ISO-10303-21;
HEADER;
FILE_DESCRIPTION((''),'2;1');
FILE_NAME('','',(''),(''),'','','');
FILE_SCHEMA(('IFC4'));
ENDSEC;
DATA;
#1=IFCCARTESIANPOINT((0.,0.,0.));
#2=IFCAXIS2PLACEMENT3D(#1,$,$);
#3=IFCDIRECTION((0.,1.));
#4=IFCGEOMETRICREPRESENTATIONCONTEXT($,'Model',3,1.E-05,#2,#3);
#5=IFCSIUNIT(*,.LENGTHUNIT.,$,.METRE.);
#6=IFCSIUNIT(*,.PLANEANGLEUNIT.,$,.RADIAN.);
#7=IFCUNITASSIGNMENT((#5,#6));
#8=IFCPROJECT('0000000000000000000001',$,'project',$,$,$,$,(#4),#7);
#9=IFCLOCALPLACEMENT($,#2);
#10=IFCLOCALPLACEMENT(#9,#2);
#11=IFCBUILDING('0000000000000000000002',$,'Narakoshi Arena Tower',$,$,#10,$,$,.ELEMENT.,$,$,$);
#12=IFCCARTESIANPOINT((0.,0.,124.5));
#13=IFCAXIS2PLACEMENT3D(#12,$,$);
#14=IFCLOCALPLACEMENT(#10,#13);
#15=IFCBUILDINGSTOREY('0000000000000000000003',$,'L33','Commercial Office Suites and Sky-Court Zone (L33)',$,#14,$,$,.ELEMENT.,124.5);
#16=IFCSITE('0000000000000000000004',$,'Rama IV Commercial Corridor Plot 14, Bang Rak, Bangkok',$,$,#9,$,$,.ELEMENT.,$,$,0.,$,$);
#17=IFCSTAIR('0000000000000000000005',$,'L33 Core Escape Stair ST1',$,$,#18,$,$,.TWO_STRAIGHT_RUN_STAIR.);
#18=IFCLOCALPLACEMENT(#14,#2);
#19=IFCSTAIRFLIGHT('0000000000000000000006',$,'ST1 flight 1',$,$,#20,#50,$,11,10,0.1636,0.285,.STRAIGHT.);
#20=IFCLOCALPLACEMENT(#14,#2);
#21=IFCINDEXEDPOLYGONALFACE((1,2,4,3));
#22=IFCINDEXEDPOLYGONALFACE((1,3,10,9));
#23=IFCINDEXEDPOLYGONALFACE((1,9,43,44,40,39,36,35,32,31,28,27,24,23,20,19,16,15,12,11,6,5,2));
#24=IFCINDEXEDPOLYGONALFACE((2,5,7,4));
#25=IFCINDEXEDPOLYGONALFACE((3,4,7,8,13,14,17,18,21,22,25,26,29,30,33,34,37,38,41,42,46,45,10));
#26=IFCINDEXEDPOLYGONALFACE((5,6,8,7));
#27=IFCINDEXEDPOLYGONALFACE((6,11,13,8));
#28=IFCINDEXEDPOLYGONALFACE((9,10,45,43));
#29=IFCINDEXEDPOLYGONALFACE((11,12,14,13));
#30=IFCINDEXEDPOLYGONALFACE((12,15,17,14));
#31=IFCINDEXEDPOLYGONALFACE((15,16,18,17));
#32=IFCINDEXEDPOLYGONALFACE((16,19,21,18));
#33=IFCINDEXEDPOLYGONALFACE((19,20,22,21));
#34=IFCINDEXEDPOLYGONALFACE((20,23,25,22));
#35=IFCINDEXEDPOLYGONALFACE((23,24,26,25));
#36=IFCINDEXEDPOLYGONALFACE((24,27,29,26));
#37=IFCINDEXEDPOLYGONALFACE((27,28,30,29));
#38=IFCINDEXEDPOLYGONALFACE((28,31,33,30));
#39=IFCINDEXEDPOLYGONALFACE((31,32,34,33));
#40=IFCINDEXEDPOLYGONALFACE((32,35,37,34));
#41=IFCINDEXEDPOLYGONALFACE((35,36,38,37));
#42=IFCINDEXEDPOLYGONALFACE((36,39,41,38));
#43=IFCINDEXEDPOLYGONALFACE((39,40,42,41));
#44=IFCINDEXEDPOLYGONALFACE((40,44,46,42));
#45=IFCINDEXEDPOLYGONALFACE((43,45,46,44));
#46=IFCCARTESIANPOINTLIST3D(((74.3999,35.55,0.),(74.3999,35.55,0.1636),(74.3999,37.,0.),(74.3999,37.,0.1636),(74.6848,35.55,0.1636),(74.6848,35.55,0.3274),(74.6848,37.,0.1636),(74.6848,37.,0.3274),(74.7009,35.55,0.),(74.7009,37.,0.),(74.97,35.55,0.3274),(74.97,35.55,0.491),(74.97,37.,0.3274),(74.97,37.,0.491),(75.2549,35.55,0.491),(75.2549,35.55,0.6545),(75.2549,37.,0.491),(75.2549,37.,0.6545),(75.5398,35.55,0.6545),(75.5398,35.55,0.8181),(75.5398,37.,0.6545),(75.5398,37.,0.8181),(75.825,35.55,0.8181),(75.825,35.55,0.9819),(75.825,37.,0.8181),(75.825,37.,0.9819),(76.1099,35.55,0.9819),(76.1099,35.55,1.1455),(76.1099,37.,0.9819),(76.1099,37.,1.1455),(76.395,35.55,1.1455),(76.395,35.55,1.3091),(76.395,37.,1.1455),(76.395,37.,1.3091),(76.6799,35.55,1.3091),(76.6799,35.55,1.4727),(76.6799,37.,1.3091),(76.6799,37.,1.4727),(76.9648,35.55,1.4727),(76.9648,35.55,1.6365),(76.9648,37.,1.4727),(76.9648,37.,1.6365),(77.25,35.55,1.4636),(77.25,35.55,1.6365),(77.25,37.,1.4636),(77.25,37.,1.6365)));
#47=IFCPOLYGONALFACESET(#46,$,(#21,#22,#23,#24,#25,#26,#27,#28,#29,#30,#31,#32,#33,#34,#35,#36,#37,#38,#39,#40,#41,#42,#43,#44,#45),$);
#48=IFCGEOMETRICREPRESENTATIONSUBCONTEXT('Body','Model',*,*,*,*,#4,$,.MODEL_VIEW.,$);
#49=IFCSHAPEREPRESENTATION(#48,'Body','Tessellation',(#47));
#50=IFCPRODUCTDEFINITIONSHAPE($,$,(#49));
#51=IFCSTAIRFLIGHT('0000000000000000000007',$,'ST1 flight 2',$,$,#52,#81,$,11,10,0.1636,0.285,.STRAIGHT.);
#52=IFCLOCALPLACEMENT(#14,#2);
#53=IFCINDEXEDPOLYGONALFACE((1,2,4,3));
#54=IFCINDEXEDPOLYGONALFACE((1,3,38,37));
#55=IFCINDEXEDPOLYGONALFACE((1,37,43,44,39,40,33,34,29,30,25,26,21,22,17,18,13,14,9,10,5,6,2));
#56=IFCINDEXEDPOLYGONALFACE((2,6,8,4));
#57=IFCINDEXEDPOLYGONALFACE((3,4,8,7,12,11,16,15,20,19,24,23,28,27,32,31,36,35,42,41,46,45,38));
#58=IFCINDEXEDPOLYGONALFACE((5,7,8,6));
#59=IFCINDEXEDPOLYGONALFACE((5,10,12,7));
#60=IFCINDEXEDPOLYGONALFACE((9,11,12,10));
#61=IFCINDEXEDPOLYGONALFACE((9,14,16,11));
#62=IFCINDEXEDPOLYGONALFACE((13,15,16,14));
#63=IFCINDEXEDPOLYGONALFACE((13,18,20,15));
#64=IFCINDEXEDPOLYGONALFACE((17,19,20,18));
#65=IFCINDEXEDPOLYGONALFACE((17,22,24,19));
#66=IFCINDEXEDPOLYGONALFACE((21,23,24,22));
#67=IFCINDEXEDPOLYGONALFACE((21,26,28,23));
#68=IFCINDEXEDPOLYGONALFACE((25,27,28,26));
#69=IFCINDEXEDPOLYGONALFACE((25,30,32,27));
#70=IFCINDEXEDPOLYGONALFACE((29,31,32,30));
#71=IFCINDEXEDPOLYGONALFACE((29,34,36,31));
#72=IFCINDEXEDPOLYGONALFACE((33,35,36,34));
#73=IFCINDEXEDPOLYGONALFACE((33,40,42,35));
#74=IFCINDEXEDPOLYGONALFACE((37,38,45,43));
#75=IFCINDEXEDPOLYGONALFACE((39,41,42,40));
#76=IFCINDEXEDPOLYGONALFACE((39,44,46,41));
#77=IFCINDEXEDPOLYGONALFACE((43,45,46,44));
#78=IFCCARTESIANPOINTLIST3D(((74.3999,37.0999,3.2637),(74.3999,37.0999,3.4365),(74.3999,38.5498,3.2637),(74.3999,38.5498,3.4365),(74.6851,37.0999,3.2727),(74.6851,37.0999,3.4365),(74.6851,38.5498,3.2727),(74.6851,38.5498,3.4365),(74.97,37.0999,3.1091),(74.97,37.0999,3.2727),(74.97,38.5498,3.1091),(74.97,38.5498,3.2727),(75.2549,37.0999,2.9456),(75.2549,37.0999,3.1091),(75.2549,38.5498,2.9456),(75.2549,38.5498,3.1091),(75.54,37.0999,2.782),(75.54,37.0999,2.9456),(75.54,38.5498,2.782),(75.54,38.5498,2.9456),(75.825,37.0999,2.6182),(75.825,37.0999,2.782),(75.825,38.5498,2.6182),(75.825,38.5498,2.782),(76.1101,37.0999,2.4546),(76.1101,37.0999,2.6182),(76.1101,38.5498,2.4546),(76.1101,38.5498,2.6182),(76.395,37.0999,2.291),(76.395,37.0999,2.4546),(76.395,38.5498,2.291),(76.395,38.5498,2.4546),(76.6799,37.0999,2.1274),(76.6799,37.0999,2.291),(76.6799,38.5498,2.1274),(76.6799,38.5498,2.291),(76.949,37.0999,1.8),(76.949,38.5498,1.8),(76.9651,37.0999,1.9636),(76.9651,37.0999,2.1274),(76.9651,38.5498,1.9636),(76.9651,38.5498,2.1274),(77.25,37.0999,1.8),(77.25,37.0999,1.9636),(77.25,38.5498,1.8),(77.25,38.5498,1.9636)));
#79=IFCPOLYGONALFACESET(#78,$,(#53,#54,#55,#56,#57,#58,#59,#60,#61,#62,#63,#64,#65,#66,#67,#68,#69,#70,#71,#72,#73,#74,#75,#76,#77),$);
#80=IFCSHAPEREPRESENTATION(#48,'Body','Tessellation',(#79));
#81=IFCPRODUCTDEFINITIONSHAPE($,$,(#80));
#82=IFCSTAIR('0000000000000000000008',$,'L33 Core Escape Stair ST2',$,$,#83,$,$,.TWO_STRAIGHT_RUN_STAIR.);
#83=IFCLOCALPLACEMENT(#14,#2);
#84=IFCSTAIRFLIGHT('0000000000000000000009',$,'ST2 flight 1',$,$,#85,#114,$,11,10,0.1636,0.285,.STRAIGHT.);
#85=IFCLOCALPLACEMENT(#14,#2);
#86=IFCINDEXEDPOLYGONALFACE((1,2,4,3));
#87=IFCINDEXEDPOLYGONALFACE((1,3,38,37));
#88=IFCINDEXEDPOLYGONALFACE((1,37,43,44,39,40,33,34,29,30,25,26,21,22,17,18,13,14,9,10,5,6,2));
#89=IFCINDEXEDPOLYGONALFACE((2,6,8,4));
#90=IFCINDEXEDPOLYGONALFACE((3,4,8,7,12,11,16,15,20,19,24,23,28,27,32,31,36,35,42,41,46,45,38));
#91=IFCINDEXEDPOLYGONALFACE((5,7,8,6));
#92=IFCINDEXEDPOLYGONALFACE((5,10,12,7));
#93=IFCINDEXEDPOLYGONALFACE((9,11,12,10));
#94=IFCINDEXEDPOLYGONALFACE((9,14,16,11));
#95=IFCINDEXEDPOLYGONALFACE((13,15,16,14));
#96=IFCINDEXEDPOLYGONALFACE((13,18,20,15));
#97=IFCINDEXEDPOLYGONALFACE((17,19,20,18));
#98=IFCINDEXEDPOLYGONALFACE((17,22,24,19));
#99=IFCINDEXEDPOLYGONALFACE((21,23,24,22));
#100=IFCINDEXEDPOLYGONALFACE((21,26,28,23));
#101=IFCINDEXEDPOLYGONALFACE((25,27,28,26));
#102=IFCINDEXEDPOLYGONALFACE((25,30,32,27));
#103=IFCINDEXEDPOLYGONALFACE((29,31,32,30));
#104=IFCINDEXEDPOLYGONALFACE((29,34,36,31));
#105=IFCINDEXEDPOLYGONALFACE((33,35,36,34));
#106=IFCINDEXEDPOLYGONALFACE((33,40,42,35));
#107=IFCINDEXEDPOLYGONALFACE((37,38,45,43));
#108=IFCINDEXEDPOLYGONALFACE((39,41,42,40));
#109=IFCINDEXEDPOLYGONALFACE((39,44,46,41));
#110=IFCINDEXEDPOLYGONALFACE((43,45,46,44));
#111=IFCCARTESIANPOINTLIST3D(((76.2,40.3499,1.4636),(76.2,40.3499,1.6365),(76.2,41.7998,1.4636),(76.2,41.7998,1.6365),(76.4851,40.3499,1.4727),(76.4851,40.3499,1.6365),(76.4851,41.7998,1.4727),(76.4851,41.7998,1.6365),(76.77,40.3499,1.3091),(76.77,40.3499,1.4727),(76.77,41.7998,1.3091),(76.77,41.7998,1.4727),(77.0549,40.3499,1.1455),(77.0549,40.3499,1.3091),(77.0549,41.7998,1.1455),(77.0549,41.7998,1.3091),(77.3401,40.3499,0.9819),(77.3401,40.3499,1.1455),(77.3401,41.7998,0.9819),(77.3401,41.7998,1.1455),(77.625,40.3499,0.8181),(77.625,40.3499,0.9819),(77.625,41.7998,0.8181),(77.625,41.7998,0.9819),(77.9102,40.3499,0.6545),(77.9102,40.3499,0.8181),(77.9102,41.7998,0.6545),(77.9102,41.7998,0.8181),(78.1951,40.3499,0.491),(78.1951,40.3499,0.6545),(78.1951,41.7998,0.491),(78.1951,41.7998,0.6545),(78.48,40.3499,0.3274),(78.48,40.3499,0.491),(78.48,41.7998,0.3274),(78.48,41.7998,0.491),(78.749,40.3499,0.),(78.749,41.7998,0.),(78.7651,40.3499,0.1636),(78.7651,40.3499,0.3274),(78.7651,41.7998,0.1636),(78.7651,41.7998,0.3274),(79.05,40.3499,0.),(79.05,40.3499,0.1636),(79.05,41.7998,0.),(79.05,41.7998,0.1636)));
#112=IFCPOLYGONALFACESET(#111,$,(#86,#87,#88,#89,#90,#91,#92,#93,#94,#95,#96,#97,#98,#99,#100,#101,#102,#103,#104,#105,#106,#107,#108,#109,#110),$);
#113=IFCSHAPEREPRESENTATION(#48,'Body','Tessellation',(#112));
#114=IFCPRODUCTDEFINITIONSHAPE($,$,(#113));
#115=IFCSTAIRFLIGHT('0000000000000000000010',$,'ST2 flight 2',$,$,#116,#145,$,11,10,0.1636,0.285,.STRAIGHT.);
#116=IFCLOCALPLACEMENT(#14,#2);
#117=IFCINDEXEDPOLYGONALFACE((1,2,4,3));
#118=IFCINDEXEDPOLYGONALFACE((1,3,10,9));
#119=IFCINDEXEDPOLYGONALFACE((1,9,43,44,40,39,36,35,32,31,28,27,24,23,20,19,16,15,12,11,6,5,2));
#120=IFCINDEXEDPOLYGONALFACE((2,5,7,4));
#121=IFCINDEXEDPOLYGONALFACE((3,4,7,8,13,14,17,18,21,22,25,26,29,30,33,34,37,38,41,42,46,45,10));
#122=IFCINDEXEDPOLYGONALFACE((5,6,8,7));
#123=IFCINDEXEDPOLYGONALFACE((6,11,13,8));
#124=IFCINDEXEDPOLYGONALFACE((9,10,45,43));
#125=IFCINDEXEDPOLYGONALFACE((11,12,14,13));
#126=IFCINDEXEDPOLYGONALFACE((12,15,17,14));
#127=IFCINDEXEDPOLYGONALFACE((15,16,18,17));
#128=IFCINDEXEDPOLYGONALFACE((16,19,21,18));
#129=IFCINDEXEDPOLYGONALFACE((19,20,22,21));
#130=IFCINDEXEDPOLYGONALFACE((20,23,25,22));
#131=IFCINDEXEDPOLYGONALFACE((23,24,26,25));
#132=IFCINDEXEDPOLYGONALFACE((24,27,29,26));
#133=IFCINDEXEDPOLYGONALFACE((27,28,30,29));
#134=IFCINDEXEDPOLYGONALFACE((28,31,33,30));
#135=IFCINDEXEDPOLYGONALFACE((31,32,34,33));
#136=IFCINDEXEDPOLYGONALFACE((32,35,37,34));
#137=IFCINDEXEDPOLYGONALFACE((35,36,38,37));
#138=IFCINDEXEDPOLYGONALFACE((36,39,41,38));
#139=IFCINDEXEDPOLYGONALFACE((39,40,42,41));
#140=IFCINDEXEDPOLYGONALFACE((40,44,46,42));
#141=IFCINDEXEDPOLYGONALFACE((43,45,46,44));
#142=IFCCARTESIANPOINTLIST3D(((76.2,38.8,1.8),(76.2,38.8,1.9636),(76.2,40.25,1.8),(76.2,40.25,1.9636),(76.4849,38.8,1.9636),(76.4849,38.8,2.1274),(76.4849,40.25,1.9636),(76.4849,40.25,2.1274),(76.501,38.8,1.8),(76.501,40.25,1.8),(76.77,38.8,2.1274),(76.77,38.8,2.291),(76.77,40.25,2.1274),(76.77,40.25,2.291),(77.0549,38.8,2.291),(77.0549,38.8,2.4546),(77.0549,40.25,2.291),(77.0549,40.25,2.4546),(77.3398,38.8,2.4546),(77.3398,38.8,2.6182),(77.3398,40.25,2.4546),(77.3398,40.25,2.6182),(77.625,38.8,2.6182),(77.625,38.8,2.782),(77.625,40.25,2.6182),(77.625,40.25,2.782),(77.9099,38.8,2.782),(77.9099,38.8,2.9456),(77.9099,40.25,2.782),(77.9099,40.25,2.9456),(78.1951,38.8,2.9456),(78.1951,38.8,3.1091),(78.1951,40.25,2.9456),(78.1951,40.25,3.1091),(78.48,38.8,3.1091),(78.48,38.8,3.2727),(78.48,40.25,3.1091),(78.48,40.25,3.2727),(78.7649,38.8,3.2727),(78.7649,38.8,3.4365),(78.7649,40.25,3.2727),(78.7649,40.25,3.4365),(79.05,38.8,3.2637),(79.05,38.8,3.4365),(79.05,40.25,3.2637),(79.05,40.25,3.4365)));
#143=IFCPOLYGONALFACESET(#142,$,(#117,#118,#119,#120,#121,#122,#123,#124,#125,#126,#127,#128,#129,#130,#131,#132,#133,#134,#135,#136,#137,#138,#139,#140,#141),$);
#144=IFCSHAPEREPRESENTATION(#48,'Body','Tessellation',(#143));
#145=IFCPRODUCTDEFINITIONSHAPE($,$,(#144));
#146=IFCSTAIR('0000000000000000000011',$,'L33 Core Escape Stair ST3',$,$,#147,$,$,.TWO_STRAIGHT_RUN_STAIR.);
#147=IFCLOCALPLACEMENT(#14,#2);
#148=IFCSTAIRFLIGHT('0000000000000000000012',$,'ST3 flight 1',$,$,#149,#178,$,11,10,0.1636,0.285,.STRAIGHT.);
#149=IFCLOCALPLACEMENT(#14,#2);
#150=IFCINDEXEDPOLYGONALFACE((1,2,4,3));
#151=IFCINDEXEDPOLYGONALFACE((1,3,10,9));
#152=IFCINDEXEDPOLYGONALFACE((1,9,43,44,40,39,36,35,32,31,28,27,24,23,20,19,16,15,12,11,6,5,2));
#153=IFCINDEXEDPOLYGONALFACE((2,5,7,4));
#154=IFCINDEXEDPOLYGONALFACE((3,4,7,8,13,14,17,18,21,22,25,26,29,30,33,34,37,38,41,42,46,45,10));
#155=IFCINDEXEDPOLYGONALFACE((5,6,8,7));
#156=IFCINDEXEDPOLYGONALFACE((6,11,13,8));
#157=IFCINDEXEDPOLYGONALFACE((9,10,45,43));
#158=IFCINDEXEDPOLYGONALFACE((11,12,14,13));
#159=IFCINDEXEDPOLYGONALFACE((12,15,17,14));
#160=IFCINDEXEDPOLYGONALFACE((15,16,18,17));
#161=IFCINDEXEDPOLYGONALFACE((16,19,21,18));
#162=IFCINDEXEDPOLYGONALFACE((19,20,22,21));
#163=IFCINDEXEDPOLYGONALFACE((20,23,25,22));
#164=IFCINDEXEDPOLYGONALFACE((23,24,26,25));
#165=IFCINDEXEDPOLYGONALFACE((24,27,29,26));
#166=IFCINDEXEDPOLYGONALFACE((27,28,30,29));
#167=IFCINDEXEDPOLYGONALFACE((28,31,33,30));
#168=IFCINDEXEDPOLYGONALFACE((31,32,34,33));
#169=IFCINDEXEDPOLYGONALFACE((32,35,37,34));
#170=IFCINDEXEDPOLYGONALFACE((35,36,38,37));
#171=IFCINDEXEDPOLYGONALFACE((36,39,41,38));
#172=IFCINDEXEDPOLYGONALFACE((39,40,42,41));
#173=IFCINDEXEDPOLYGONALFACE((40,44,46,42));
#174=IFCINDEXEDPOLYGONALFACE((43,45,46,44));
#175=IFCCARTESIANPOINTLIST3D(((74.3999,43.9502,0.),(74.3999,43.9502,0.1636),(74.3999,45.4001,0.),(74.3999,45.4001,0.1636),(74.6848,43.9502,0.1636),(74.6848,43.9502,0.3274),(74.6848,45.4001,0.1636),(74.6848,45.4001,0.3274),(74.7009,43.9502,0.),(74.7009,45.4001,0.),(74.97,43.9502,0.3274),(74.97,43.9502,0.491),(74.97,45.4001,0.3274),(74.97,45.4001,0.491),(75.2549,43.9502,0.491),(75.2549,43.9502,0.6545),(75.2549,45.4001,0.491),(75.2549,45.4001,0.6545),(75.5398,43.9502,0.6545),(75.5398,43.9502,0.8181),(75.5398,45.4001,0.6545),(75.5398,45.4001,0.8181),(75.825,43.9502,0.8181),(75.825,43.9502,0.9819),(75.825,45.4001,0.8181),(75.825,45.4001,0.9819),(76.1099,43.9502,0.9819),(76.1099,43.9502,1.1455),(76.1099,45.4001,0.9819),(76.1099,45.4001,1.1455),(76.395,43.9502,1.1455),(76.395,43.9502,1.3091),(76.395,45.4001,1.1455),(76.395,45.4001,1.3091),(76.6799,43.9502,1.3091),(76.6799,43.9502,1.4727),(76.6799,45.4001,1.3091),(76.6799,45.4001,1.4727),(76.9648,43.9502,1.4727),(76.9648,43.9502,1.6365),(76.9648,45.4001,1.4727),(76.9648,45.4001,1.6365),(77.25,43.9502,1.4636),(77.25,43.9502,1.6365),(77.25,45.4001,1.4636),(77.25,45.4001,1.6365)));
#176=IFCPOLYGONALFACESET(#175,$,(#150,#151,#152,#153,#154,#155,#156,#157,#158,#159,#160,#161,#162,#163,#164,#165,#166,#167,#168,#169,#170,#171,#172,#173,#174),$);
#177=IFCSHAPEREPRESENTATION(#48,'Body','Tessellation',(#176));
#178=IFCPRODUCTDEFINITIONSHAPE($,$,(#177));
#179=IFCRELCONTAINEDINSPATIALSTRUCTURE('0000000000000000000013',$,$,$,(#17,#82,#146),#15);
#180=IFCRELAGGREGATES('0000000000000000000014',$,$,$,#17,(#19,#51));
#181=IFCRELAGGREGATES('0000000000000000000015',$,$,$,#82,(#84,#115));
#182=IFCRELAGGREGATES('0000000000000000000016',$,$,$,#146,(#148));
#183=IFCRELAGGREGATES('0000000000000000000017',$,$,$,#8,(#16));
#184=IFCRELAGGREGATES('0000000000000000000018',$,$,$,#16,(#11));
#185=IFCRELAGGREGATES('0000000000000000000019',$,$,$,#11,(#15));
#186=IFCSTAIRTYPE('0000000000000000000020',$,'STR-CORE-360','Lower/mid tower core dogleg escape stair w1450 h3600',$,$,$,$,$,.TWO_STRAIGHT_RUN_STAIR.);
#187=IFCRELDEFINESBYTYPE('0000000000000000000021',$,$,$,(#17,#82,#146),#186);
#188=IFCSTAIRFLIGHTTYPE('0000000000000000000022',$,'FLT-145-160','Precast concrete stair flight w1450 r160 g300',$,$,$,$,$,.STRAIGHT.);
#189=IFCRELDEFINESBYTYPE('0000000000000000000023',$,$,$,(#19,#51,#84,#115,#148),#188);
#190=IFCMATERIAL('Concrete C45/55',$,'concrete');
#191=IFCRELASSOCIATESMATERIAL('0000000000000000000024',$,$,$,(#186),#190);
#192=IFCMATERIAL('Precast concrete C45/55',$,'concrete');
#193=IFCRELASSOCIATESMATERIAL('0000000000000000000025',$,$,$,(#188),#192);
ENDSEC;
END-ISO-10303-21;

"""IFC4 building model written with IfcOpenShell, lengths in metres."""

from ifc_helpers import new_model, si_unit, direction, frame, origin, place, context, subcontext, project, spatial, polyline, outline, extrude, material, type_object, element, aggregate, save


model = new_model("IFC4")

# Units and contexts
model_context = context("Model", 3, precision=1e-05, world=origin(), true_north=direction((0.0, 1.0)))
body_context = subcontext(model_context, "Body", "Model", "MODEL_VIEW")
ifc_project = project(units=[si_unit("LENGTHUNIT", "METRE"), si_unit("PLANEANGLEUNIT", "RADIAN")], contexts=[model_context])

# Site, building, storey
site_placement = place(None, origin())
site = spatial("IfcSite", under=ifc_project, at=site_placement, Name="Rama IV Commercial Corridor Plot 14, Bang Rak, Bangkok", CompositionType="ELEMENT", RefElevation=0.0)
building_placement = place(site_placement, origin())
building = spatial("IfcBuilding", under=site, at=building_placement, Name="Narakoshi Arena Tower", CompositionType="ELEMENT")
storey_placement = place(building_placement, frame((0.0, 0.0, 124.5)))
storey = spatial("IfcBuildingStorey", under=building, at=storey_placement, Name="L33", Description="Commercial Office Suites and Sky-Court Zone (L33)", CompositionType="ELEMENT", Elevation=124.5)

# Stairs, stair flights
ifc_material_1 = material(Name="Concrete C45/55", Category="concrete")
stair_type = type_object("IfcStairType", Name="STR-CORE-360", Description="Lower/mid tower core dogleg escape stair w1450 h3600", PredefinedType="TWO_STRAIGHT_RUN_STAIR", material=ifc_material_1)
stair_1_placement = place(storey_placement, origin())
stair_1 = element("IfcStair", 1, at=stair_1_placement, inside=storey, type_object=stair_type, Name="L33 Core Escape Stair ST1", PredefinedType="TWO_STRAIGHT_RUN_STAIR")
ifc_material_2 = material(Name="Precast concrete C45/55", Category="concrete")
stair_flight_type = type_object("IfcStairFlightType", Name="FLT-145-160", Description="Precast concrete stair flight w1450 r160 g300", PredefinedType="STRAIGHT", material=ifc_material_2)
stair_flight_1_placement = place(storey_placement, frame((74.3999, 36.2749, 0.0), z_axis=(0.0, 0.0, 1.0), x_axis=(1.0, 0.0, 0.0)))
stair_flight_1 = element("IfcStairFlight", 2, at=stair_flight_1_placement, type_object=stair_flight_type, Name="ST1 flight 1", NumberOfRisers=11, NumberOfTreads=10, PredefinedType="STRAIGHT", RiserHeight=0.1636, TreadLength=0.285, context=body_context, shape_type="SweptSolid", body=[
    extrude(outline(polyline([(0.0, 0.0), (0.0, 0.1636), (0.2849, 0.1636), (0.2849, 0.3274), (0.5701, 0.3274), (0.5701, 0.491), (0.855, 0.491), (0.855, 0.6545), (1.1399, 0.6545), (1.1399, 0.8181), (1.425, 0.8181), (1.425, 0.9819), (1.71, 0.9819), (1.71, 1.1455), (1.9951, 1.1455), (1.9951, 1.3091), (2.28, 1.3091), (2.28, 1.4727), (2.5649, 1.4727), (2.5649, 1.6365), (2.8501, 1.6365), (2.8501, 1.8), (2.8501, 1.4636), (0.301, 0.0), (0.0, 0.0)])), frame((0.0, 0.7251, 0.0), z_axis=(0.0, -1.0, 0.0), x_axis=(1.0, 0.0, 0.0)), (0.0, 0.0, 1.0), 1.45),
])
stair_flight_2_placement = place(storey_placement, frame((77.25, 37.825, 1.8), z_axis=(0.0, 0.0, 1.0), x_axis=(-1.0, 0.0, 0.0)))
stair_flight_2 = element("IfcStairFlight", 3, at=stair_flight_2_placement, type_object=stair_flight_type, Name="ST1 flight 2", NumberOfRisers=11, NumberOfTreads=10, PredefinedType="STRAIGHT", RiserHeight=0.1636, TreadLength=0.285, context=body_context, shape_type="SweptSolid", body=[
    extrude(outline(polyline([(0.0, 0.0), (0.0, 0.1636), (0.2849, 0.1636), (0.2849, 0.3274), (0.5701, 0.3274), (0.5701, 0.491), (0.855, 0.491), (0.855, 0.6545), (1.1399, 0.6545), (1.1399, 0.8181), (1.425, 0.8181), (1.425, 0.9819), (1.71, 0.9819), (1.71, 1.1455), (1.9951, 1.1455), (1.9951, 1.3091), (2.28, 1.3091), (2.28, 1.4727), (2.5649, 1.4727), (2.5649, 1.6365), (2.8501, 1.6365), (2.8501, 1.8), (2.8501, 1.4636), (0.301, 0.0), (0.0, 0.0)])), frame((0.0, 0.7251, 0.0), z_axis=(0.0, -1.0, 0.0), x_axis=(1.0, 0.0, 0.0)), (0.0, 0.0, 1.0), 1.45),
])
aggregate(stair_1, [stair_flight_1, stair_flight_2])
stair_2_placement = place(storey_placement, origin())
stair_2 = element("IfcStair", 4, at=stair_2_placement, inside=storey, type_object=stair_type, Name="L33 Core Escape Stair ST2", PredefinedType="TWO_STRAIGHT_RUN_STAIR")
stair_flight_3_placement = place(storey_placement, frame((79.05, 41.075, 0.0), z_axis=(0.0, 0.0, 1.0), x_axis=(-1.0, 0.0, 0.0)))
stair_flight_3 = element("IfcStairFlight", 5, at=stair_flight_3_placement, type_object=stair_flight_type, Name="ST2 flight 1", NumberOfRisers=11, NumberOfTreads=10, PredefinedType="STRAIGHT", RiserHeight=0.1636, TreadLength=0.285, context=body_context, shape_type="SweptSolid", body=[
    extrude(outline(polyline([(0.0, 0.0), (0.0, 0.1636), (0.2849, 0.1636), (0.2849, 0.3274), (0.5701, 0.3274), (0.5701, 0.491), (0.855, 0.491), (0.855, 0.6545), (1.1399, 0.6545), (1.1399, 0.8181), (1.425, 0.8181), (1.425, 0.9819), (1.71, 0.9819), (1.71, 1.1455), (1.9951, 1.1455), (1.9951, 1.3091), (2.28, 1.3091), (2.28, 1.4727), (2.5649, 1.4727), (2.5649, 1.6365), (2.8501, 1.6365), (2.8501, 1.8), (2.8501, 1.4636), (0.301, 0.0), (0.0, 0.0)])), frame((0.0, 0.7251, 0.0), z_axis=(0.0, -1.0, 0.0), x_axis=(1.0, 0.0, 0.0)), (0.0, 0.0, 1.0), 1.45),
])
stair_flight_4_placement = place(storey_placement, frame((76.2, 39.5249, 1.8), z_axis=(0.0, 0.0, 1.0), x_axis=(1.0, 0.0, 0.0)))
stair_flight_4 = element("IfcStairFlight", 6, at=stair_flight_4_placement, type_object=stair_flight_type, Name="ST2 flight 2", NumberOfRisers=11, NumberOfTreads=10, PredefinedType="STRAIGHT", RiserHeight=0.1636, TreadLength=0.285, context=body_context, shape_type="SweptSolid", body=[
    extrude(outline(polyline([(0.0, 0.0), (0.0, 0.1636), (0.2849, 0.1636), (0.2849, 0.3274), (0.5701, 0.3274), (0.5701, 0.491), (0.855, 0.491), (0.855, 0.6545), (1.1399, 0.6545), (1.1399, 0.8181), (1.425, 0.8181), (1.425, 0.9819), (1.71, 0.9819), (1.71, 1.1455), (1.9951, 1.1455), (1.9951, 1.3091), (2.28, 1.3091), (2.28, 1.4727), (2.5649, 1.4727), (2.5649, 1.6365), (2.8501, 1.6365), (2.8501, 1.8), (2.8501, 1.4636), (0.301, 0.0), (0.0, 0.0)])), frame((0.0, 0.7251, 0.0), z_axis=(0.0, -1.0, 0.0), x_axis=(1.0, 0.0, 0.0)), (0.0, 0.0, 1.0), 1.45),
])
aggregate(stair_2, [stair_flight_3, stair_flight_4])
stair_3_placement = place(storey_placement, origin())
stair_3 = element("IfcStair", 7, at=stair_3_placement, inside=storey, type_object=stair_type, Name="L33 Core Escape Stair ST3", PredefinedType="TWO_STRAIGHT_RUN_STAIR")
stair_flight_5_placement = place(storey_placement, frame((74.3999, 44.675, 0.0), z_axis=(0.0, 0.0, 1.0), x_axis=(1.0, 0.0, 0.0)))
stair_flight_5 = element("IfcStairFlight", 8, at=stair_flight_5_placement, type_object=stair_flight_type, Name="ST3 flight 1", NumberOfRisers=11, NumberOfTreads=10, PredefinedType="STRAIGHT", RiserHeight=0.1636, TreadLength=0.285, context=body_context, shape_type="SweptSolid", body=[
    extrude(outline(polyline([(0.0, 0.0), (0.0, 0.1636), (0.2849, 0.1636), (0.2849, 0.3274), (0.5701, 0.3274), (0.5701, 0.491), (0.855, 0.491), (0.855, 0.6545), (1.1399, 0.6545), (1.1399, 0.8181), (1.425, 0.8181), (1.425, 0.9819), (1.71, 0.9819), (1.71, 1.1455), (1.9951, 1.1455), (1.9951, 1.3091), (2.28, 1.3091), (2.28, 1.4727), (2.5649, 1.4727), (2.5649, 1.6365), (2.8501, 1.6365), (2.8501, 1.8), (2.8501, 1.4636), (0.301, 0.0), (0.0, 0.0)])), frame((0.0, 0.7251, 0.0), z_axis=(0.0, -1.0, 0.0), x_axis=(1.0, 0.0, 0.0)), (0.0, 0.0, 1.0), 1.45),
])
aggregate(stair_3, [stair_flight_5])

save(model, "model.ifc")
